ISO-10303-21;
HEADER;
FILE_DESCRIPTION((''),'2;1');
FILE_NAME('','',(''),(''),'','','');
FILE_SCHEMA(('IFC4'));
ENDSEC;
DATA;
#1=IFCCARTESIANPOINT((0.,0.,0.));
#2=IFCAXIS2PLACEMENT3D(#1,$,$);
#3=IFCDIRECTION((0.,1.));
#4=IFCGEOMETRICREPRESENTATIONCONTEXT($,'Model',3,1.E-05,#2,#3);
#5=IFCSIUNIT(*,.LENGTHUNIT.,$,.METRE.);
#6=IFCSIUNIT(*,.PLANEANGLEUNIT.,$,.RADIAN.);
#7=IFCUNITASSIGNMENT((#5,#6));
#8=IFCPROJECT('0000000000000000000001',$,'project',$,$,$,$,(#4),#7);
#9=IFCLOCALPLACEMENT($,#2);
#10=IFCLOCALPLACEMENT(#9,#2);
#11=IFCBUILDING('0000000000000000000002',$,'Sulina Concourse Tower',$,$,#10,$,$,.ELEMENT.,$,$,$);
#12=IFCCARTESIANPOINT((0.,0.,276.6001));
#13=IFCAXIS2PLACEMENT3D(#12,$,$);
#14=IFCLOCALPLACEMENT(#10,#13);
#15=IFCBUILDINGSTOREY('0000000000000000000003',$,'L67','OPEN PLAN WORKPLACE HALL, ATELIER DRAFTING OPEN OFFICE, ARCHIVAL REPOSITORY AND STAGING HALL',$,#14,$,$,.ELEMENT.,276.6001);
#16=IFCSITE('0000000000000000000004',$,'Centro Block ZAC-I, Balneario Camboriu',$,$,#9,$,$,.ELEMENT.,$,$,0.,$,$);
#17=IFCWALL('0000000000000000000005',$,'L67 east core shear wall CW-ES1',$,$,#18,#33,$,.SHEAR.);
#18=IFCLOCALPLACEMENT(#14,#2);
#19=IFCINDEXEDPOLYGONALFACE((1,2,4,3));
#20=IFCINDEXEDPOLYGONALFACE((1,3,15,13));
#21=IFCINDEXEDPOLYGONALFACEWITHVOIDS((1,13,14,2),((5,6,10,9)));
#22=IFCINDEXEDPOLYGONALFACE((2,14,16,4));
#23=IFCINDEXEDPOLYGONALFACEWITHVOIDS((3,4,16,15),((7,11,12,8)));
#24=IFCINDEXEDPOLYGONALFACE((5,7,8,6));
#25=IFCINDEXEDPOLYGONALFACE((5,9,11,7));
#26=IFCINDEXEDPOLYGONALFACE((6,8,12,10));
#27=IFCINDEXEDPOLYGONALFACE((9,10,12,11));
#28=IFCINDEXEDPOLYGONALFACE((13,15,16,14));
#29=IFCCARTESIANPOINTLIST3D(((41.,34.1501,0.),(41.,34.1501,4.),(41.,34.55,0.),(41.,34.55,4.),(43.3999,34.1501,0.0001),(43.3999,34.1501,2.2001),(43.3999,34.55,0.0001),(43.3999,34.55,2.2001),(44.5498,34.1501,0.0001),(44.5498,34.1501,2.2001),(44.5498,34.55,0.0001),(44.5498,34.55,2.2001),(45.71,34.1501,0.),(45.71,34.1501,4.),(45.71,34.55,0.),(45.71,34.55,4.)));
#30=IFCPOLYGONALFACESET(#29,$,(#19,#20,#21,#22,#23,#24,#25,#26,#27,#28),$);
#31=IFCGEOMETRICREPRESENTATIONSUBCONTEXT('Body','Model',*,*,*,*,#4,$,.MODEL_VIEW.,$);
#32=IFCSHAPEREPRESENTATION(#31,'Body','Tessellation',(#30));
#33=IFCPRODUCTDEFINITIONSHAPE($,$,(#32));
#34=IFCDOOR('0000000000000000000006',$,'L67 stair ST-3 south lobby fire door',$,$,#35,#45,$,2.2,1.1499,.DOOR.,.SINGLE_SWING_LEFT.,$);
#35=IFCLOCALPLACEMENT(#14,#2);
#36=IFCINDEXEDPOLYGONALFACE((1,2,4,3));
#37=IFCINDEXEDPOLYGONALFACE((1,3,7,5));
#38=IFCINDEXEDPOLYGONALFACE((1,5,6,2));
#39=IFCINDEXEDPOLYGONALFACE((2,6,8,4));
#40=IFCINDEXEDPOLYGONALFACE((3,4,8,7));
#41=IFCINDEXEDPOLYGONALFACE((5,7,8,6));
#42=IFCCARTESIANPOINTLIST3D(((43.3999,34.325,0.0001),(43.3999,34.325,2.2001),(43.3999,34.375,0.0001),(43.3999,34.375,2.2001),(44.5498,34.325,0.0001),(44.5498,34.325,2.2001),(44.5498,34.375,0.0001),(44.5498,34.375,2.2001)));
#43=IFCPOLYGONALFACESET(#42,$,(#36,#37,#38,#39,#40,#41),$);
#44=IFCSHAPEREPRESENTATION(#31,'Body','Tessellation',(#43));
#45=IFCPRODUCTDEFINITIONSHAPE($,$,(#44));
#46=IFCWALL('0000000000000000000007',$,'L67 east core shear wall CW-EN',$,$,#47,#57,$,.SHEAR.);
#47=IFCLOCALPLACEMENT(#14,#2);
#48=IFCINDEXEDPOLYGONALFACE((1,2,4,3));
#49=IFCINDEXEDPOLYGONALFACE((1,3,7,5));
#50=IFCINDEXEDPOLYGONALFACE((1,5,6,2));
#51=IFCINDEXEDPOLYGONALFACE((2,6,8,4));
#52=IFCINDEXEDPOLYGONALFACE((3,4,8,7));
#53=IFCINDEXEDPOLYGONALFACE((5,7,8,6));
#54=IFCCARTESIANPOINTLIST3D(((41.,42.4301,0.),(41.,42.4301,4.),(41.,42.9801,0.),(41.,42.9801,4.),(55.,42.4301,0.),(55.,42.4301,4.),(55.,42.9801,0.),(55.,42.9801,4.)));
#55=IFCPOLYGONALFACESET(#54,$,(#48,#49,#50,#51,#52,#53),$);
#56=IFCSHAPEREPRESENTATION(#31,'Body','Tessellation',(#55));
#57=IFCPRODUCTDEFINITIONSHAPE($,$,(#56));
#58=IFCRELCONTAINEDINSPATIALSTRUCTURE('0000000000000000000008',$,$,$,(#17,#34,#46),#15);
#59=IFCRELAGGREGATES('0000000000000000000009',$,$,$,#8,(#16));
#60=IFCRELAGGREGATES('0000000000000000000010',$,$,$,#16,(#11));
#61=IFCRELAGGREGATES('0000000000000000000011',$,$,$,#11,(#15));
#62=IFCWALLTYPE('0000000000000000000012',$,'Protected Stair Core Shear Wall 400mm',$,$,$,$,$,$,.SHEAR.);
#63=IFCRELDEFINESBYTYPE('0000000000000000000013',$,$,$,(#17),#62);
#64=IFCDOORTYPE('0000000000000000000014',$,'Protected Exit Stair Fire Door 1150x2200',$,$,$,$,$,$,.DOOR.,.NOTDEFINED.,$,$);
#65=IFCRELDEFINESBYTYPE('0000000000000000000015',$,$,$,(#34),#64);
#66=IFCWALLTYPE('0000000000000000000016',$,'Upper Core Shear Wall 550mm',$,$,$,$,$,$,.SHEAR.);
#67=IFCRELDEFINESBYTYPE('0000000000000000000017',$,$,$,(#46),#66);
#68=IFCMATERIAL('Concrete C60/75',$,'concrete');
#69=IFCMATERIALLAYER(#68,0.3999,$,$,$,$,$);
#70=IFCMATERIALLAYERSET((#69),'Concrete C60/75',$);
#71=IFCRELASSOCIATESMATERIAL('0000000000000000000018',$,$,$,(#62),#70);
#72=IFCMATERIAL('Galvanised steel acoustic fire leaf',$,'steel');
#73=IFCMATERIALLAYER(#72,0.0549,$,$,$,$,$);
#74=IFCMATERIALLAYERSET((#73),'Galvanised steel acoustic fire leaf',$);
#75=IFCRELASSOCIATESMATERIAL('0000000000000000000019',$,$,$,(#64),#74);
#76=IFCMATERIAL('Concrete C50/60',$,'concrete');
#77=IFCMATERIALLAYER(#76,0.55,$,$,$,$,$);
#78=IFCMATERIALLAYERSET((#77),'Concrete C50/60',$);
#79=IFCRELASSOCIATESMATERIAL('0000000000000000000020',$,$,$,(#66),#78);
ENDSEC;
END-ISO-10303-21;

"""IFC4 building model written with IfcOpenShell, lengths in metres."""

from ifc_helpers import new_model, si_unit, direction, frame, frame_2d, origin, place, context, subcontext, project, spatial, rectangle, extrude, material, layer, layer_set, type_object, element, fill, save


model = new_model("IFC4")

# Units and contexts
model_context = context("Model", 3, precision=1e-05, world=origin(), true_north=direction((0.0, 1.0)))
body_context = subcontext(model_context, "Body", "Model", "MODEL_VIEW")
ifc_project = project(units=[si_unit("LENGTHUNIT", "METRE"), si_unit("PLANEANGLEUNIT", "RADIAN")], contexts=[model_context])

# Site, building, storey
site_placement = place(None, origin())
site = spatial("IfcSite", under=ifc_project, at=site_placement, Name="Centro Block ZAC-I, Balneario Camboriu", CompositionType="ELEMENT", RefElevation=0.0)
building_placement = place(site_placement, origin())
building = spatial("IfcBuilding", under=site, at=building_placement, Name="Sulina Concourse Tower", CompositionType="ELEMENT")
storey_placement = place(building_placement, frame((0.0, 0.0, 276.6001)))
storey = spatial("IfcBuildingStorey", under=building, at=storey_placement, Name="L67", Description="OPEN PLAN WORKPLACE HALL, ATELIER DRAFTING OPEN OFFICE, ARCHIVAL REPOSITORY AND STAGING HALL", CompositionType="ELEMENT", Elevation=276.6001)

# Wall, opening, door
ifc_material_1 = material(Name="Concrete C60/75", Category="concrete")
ifc_layer_1 = layer(ifc_material_1, 0.3999)
ifc_layer_set_1 = layer_set([ifc_layer_1], Name="Concrete C60/75")
wall_type_1 = type_object("IfcWallType", Name="Protected Stair Core Shear Wall 400mm", PredefinedType="SHEAR", material=ifc_layer_set_1)
wall_1_placement = place(storey_placement, frame((41.0, 34.3501, 0.0), z_axis=(0.0, 0.0, 1.0), x_axis=(1.0, 0.0, 0.0)))
wall_1 = element("IfcWall", 1, at=wall_1_placement, inside=storey, type_object=wall_type_1, Name="L67 east core shear wall CW-ES1", PredefinedType="SHEAR", context=body_context, shape_type="SweptSolid", body=[
    extrude(rectangle(XDim=4.71, YDim=0.3999, at=frame_2d((2.355, 0.0))), origin(), (0.0, 0.0, 1.0), 4.0),
])
opening_1_placement = place(wall_1_placement, frame((2.3999, 0.0, 0.0)))
opening_1 = element("IfcOpeningElement", 2, at=opening_1_placement, cuts=wall_1, PredefinedType="OPENING", context=body_context, shape_type="SweptSolid", body=[
    extrude(rectangle(XDim=1.1499, YDim=2.2, at=frame_2d((0.575, 1.1001))), frame((0.0, 0.21, 0.0), z_axis=(0.0, -1.0, 0.0), x_axis=(1.0, 0.0, 0.0)), (0.0, 0.0, 1.0), 0.4199),
])
ifc_material_2 = material(Name="Galvanised steel acoustic fire leaf", Category="steel")
ifc_layer_2 = layer(ifc_material_2, 0.0549)
ifc_layer_set_2 = layer_set([ifc_layer_2], Name="Galvanised steel acoustic fire leaf")
door_type = type_object("IfcDoorType", Name="Protected Exit Stair Fire Door 1150x2200", OperationType="NOTDEFINED", PredefinedType="DOOR", material=ifc_layer_set_2)
door_placement = place(opening_1_placement, origin())
door = element("IfcDoor", 3, at=door_placement, inside=storey, type_object=door_type, Name="L67 stair ST-3 south lobby fire door", OperationType="SINGLE_SWING_LEFT", OverallHeight=2.2, OverallWidth=1.1499, PredefinedType="DOOR", context=body_context, shape_type="SweptSolid", body=[
    extrude(rectangle(XDim=1.1499, YDim=2.2, at=frame_2d((0.575, 1.1001))), frame((0.0, 0.0249, 0.0), z_axis=(0.0, -1.0, 0.0), x_axis=(1.0, 0.0, 0.0)), (0.0, 0.0, 1.0), 0.05),
])
fill(opening_1, door)

# Wall
ifc_material_3 = material(Name="Concrete C50/60", Category="concrete")
ifc_layer_3 = layer(ifc_material_3, 0.55)
ifc_layer_set_3 = layer_set([ifc_layer_3], Name="Concrete C50/60")
wall_type_2 = type_object("IfcWallType", Name="Upper Core Shear Wall 550mm", PredefinedType="SHEAR", material=ifc_layer_set_3)
wall_2_placement = place(storey_placement, frame((41.0, 42.7051, 0.0), z_axis=(0.0, 0.0, 1.0), x_axis=(1.0, 0.0, 0.0)))
element("IfcWall", 4, at=wall_2_placement, inside=storey, type_object=wall_type_2, Name="L67 east core shear wall CW-EN", PredefinedType="SHEAR", context=body_context, shape_type="SweptSolid", body=[
    extrude(rectangle(XDim=14.0, YDim=0.55, at=frame_2d((7.0, 0.0))), origin(), (0.0, 0.0, 1.0), 4.0),
])

save(model, "model.ifc")
